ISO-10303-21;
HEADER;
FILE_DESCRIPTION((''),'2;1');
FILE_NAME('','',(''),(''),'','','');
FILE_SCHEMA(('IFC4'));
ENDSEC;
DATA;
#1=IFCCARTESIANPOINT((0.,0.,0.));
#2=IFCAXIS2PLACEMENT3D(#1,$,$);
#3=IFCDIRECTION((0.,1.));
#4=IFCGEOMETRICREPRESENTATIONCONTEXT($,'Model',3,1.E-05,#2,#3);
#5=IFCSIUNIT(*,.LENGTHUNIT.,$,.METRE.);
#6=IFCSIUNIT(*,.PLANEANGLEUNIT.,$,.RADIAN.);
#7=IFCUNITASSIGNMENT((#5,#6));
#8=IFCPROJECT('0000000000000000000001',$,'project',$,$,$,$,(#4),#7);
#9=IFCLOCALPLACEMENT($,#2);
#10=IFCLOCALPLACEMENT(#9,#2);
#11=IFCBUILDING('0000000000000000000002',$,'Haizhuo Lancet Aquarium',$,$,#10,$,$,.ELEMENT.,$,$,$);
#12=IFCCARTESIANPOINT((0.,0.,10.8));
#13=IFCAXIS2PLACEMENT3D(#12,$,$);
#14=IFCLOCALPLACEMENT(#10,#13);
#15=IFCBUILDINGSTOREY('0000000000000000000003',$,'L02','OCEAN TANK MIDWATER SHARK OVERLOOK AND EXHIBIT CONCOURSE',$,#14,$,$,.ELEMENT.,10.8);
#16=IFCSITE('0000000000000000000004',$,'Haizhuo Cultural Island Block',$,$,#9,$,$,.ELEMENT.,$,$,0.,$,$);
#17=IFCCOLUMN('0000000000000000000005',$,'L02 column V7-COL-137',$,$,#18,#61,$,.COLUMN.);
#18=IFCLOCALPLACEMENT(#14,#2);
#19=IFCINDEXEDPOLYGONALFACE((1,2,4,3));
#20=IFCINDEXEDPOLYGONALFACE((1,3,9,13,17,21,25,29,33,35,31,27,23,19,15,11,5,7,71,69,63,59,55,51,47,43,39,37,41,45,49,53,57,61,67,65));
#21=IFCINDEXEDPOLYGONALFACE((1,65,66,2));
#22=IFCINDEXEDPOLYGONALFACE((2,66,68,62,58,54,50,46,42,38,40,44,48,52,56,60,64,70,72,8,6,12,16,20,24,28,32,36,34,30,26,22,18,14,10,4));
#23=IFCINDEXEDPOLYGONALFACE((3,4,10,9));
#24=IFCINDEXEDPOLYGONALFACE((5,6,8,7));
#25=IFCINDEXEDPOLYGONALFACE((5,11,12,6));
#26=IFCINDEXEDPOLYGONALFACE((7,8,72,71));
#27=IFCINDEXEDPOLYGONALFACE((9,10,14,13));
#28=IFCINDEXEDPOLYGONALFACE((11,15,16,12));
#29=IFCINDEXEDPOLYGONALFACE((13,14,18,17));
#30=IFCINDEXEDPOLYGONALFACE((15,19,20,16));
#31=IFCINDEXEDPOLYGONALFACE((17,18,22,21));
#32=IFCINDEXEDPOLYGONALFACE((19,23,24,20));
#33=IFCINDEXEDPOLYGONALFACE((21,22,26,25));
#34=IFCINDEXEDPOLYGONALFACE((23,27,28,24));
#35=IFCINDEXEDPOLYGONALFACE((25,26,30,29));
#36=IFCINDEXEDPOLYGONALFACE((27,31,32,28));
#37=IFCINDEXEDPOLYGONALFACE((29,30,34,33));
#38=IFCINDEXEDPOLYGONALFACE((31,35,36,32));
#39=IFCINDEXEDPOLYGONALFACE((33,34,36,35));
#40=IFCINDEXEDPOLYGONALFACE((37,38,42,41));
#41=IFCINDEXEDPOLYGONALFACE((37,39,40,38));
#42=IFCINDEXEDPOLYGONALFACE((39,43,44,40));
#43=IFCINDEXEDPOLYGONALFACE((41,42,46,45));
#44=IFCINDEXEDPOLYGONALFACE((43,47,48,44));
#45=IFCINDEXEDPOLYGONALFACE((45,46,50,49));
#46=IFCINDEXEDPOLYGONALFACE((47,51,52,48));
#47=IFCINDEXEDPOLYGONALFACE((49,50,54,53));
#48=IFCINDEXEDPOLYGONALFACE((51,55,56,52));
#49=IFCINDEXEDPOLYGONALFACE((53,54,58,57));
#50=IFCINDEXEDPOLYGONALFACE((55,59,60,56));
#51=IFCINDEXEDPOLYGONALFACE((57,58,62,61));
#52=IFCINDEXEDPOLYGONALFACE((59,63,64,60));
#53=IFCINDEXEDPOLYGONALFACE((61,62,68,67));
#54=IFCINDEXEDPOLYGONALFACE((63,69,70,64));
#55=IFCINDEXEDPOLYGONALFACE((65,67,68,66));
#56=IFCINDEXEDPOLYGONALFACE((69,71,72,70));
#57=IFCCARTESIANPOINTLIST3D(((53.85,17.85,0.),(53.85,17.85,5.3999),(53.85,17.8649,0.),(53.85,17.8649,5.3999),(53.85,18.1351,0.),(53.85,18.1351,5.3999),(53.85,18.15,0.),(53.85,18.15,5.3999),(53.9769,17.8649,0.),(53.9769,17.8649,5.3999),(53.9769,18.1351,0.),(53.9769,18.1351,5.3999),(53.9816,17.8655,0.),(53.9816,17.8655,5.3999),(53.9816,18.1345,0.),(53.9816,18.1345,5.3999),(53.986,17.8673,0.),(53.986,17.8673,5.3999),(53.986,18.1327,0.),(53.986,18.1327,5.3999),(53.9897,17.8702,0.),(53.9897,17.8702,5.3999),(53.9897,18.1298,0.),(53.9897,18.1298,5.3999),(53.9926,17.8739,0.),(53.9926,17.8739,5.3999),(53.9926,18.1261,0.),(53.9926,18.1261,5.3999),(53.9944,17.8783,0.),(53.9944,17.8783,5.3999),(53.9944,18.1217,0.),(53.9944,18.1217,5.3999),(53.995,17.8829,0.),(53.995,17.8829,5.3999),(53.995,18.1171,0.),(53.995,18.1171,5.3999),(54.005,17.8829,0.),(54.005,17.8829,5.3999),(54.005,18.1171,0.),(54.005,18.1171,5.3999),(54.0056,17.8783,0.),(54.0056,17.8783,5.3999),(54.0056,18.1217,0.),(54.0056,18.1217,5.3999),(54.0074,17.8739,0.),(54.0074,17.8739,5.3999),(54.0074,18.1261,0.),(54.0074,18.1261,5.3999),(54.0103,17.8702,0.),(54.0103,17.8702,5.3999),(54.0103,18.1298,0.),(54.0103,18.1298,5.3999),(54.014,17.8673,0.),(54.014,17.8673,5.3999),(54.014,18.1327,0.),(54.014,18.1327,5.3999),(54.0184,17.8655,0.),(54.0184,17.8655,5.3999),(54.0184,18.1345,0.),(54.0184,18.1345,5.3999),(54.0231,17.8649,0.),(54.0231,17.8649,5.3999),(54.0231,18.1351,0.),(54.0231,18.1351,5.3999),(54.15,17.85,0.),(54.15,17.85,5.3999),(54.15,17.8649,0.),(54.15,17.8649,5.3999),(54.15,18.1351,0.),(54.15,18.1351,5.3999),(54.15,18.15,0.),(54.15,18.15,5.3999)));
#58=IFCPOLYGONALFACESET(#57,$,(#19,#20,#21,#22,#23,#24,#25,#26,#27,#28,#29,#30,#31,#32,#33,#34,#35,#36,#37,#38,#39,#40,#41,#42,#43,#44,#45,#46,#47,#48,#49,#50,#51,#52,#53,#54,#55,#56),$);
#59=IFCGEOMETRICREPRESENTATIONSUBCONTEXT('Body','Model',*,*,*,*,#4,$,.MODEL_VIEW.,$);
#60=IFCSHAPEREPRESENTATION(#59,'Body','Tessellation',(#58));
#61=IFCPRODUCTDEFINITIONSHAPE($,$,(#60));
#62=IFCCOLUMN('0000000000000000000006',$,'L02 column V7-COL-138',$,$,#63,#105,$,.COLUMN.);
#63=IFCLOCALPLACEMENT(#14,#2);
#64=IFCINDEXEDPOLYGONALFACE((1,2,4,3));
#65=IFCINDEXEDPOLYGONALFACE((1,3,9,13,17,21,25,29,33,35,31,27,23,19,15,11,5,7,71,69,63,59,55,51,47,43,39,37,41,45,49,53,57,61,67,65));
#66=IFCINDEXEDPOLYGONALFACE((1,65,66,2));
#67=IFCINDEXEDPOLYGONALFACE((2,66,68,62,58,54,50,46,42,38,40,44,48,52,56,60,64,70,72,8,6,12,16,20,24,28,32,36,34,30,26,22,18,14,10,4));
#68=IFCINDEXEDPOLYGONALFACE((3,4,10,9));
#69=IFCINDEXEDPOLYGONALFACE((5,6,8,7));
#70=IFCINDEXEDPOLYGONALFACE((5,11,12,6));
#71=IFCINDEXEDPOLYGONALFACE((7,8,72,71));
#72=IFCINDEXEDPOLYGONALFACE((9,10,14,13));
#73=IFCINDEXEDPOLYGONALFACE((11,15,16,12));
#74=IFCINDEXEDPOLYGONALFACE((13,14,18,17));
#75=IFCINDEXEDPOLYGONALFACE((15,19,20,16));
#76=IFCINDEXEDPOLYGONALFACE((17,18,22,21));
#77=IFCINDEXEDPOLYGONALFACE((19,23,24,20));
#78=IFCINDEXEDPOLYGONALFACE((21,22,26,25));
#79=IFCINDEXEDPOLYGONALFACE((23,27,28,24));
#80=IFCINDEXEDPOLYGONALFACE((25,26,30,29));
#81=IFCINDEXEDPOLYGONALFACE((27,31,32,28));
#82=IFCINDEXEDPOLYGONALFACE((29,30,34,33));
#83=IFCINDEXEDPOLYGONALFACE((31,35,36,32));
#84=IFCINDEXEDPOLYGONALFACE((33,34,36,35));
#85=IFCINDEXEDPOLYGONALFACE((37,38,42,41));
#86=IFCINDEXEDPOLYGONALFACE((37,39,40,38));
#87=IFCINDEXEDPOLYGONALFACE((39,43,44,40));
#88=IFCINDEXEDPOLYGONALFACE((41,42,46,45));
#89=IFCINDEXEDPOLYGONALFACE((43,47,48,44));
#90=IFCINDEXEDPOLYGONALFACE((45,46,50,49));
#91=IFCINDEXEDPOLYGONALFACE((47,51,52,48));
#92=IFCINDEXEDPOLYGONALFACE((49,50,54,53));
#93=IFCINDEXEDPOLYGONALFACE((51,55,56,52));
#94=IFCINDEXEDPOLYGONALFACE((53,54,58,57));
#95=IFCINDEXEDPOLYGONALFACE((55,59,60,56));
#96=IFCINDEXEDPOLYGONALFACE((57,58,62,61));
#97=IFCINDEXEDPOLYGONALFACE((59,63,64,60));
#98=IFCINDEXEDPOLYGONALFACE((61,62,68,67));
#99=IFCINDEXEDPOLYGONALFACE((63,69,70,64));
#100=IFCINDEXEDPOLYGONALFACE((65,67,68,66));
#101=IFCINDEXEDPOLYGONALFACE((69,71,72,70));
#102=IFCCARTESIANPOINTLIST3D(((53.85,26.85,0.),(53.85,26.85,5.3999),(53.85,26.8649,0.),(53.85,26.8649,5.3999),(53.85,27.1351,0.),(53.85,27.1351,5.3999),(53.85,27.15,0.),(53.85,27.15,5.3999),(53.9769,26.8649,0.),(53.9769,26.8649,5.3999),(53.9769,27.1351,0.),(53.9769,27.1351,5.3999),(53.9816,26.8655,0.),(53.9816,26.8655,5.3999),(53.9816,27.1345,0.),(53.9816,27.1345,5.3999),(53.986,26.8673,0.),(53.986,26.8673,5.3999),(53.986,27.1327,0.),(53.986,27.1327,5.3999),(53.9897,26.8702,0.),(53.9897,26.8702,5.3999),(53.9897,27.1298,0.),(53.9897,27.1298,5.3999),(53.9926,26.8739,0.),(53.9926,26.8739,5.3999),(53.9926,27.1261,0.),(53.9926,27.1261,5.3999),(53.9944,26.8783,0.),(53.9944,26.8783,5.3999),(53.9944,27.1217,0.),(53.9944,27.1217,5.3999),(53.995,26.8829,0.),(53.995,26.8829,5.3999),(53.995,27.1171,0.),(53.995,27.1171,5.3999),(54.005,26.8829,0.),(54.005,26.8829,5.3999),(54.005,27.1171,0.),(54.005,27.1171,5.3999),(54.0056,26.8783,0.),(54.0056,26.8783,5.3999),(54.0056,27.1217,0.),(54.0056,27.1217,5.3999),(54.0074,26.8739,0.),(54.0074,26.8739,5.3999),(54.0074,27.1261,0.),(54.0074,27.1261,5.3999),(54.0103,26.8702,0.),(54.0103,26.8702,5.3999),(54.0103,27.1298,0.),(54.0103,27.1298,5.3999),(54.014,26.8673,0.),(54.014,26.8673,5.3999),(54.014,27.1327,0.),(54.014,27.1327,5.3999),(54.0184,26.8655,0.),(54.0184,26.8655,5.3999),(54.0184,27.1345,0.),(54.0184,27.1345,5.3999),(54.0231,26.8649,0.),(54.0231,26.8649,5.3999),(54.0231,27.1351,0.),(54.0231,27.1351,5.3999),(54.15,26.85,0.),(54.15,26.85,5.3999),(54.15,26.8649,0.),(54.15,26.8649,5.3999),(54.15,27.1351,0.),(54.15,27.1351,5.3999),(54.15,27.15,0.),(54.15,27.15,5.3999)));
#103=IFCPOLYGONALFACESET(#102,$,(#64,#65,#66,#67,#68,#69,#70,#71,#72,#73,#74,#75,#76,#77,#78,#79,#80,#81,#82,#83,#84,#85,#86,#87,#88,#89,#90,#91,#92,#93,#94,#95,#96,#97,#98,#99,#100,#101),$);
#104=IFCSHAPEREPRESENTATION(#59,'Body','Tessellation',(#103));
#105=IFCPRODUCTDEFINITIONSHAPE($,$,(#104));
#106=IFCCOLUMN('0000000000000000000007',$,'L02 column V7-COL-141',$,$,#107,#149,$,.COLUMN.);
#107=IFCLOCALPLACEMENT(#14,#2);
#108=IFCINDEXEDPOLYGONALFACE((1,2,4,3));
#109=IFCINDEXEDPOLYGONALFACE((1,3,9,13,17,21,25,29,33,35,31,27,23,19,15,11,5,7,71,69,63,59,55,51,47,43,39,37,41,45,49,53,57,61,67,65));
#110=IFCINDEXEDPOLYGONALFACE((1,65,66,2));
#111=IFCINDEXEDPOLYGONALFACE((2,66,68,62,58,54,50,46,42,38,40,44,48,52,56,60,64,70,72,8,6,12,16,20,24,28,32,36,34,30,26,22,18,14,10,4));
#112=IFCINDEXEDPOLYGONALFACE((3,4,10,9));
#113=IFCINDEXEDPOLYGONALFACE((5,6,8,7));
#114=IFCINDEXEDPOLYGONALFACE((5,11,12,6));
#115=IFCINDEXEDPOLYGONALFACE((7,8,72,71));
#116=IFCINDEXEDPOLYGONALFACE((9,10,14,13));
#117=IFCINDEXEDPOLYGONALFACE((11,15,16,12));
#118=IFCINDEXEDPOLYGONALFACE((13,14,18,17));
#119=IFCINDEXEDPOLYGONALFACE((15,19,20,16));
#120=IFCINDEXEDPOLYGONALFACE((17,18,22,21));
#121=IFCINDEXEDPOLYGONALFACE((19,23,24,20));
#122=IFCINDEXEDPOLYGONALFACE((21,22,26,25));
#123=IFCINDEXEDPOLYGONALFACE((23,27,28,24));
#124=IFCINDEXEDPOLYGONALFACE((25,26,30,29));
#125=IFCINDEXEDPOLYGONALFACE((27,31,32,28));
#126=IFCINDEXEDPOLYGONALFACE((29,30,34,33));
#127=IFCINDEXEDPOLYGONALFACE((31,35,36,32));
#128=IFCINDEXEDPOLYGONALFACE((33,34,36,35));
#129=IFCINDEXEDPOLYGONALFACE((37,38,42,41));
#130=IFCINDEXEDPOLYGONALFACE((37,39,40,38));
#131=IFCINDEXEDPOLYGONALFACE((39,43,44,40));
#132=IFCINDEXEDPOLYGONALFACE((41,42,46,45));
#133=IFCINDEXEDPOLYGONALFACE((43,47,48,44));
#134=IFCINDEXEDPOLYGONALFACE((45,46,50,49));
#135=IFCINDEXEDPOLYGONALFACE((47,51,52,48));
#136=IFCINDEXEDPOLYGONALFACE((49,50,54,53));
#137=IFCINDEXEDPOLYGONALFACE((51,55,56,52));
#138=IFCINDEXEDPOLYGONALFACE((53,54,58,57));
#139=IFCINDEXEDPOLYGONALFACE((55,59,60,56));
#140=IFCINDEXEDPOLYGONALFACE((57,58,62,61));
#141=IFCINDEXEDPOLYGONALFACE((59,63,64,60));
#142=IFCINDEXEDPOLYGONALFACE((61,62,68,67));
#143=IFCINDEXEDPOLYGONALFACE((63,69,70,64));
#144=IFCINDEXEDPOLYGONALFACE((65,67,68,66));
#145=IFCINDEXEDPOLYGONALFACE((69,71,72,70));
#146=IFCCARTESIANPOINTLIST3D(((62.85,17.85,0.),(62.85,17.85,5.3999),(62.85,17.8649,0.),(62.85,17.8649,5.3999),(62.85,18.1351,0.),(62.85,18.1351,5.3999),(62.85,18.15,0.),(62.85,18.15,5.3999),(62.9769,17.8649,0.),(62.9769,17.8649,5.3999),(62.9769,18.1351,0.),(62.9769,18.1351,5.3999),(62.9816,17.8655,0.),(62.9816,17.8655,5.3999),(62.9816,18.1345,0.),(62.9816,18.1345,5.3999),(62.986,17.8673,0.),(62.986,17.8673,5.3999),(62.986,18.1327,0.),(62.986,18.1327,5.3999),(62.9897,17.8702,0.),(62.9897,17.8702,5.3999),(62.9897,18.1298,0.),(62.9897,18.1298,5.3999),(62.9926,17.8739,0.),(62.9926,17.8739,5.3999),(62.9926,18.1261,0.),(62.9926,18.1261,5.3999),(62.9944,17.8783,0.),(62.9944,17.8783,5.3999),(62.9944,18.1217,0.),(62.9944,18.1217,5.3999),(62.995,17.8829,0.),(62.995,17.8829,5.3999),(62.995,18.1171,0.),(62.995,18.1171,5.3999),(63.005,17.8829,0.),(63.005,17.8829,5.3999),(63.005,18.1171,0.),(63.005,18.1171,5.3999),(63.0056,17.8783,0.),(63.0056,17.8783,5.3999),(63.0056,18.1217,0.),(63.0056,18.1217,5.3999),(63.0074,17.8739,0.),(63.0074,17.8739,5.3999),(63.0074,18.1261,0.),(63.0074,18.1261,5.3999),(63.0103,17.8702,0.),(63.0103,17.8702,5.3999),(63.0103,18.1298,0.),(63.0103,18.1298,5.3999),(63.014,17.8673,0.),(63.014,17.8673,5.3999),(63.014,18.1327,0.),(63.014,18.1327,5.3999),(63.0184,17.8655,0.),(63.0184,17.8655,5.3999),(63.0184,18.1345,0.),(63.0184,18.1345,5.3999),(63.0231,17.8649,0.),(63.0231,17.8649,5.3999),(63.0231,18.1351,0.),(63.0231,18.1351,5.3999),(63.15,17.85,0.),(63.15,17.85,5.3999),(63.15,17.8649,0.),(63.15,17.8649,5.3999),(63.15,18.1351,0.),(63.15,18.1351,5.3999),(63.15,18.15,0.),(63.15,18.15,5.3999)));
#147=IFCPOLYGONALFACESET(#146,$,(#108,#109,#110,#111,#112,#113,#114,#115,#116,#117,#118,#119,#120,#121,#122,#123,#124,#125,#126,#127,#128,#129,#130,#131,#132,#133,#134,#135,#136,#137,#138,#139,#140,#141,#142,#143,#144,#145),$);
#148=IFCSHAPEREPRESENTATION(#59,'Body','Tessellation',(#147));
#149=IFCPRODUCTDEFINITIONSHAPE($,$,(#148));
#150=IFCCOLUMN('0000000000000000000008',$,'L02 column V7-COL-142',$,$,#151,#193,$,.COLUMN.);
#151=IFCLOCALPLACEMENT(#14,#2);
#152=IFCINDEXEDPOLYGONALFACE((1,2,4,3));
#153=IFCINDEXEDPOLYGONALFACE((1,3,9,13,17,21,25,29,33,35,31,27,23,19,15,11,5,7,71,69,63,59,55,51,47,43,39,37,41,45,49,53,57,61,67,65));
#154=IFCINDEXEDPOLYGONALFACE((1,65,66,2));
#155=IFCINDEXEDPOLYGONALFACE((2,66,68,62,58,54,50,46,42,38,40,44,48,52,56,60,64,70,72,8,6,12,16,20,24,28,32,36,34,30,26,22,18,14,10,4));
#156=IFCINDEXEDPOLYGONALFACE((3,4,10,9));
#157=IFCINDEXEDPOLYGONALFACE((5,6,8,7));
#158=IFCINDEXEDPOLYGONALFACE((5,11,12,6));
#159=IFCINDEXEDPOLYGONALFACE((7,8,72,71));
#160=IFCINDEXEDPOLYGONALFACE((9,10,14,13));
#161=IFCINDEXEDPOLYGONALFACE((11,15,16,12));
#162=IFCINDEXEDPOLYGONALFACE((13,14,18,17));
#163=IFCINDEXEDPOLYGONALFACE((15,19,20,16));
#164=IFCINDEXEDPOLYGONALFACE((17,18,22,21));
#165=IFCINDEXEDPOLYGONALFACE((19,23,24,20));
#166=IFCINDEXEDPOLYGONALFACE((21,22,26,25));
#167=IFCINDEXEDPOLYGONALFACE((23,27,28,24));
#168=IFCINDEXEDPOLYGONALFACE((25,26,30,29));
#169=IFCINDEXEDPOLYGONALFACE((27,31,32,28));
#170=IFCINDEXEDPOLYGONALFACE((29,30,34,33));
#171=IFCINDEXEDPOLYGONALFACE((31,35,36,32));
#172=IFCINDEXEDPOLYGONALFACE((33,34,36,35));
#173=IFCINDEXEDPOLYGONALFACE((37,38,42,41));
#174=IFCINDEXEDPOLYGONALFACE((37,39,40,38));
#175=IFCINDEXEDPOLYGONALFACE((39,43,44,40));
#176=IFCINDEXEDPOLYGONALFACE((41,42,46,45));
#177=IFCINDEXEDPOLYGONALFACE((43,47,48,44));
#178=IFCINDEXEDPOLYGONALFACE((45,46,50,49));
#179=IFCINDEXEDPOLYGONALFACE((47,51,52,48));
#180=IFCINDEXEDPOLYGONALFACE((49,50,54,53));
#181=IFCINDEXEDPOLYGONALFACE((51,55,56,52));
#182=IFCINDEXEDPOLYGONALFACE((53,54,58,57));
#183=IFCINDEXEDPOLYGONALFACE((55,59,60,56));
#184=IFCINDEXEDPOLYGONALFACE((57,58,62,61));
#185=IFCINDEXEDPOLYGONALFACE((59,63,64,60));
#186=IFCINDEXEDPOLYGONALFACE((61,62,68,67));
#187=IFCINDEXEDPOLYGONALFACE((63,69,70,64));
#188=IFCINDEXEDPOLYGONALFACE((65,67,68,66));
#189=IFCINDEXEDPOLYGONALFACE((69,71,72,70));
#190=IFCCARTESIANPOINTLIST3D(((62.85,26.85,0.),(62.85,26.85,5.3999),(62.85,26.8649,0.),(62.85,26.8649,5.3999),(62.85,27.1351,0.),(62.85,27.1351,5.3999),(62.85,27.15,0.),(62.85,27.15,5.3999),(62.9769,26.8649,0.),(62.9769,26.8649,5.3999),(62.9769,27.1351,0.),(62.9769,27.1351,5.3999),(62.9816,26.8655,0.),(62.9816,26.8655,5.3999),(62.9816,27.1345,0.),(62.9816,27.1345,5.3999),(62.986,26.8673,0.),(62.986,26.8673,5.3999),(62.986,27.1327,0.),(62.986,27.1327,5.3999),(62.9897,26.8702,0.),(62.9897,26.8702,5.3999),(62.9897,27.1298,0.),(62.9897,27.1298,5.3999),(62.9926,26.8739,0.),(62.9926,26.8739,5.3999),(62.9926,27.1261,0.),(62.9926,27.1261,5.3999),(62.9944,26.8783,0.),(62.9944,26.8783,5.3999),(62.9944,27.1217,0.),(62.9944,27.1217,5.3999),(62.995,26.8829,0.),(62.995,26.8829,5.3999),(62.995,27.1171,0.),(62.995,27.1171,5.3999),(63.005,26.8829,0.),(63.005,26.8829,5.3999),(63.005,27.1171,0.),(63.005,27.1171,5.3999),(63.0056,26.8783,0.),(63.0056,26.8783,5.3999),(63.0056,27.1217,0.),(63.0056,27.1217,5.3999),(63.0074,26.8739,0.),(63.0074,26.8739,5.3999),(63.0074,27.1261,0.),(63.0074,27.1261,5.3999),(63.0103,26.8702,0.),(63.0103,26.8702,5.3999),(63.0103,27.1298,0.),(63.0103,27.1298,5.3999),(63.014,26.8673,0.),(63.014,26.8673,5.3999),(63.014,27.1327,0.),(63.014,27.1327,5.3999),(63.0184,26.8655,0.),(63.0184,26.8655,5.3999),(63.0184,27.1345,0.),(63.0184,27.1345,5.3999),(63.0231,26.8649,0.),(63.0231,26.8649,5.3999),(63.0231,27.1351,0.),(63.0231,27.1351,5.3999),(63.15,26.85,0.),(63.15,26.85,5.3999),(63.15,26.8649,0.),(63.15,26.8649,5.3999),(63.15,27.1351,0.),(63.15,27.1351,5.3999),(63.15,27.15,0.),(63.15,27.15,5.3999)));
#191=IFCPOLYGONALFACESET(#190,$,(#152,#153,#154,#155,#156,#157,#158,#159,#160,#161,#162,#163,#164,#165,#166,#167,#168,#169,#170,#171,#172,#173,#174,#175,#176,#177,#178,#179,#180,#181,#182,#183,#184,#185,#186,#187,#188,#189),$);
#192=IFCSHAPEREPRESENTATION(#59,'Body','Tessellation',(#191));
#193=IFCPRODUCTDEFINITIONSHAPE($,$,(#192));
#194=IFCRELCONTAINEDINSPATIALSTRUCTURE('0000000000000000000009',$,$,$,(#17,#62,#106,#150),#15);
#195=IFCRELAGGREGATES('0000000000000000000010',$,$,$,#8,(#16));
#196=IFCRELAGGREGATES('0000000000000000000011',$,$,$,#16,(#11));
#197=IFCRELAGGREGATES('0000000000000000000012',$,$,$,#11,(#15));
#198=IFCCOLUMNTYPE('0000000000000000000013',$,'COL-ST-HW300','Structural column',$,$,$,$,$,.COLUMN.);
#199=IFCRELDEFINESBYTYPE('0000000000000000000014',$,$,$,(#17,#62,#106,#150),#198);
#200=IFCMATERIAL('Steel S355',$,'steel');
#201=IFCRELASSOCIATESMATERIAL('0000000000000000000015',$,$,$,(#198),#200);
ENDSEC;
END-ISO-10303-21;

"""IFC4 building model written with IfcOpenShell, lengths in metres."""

from ifc_helpers import new_model, si_unit, direction, frame, origin, origin_2d, place, context, subcontext, project, spatial, i_section, extrude, material, material_profile, profile_set, type_object, element, save


model = new_model("IFC4")

# Units and contexts
model_context = context("Model", 3, precision=1e-05, world=origin(), true_north=direction((0.0, 1.0)))
body_context = subcontext(model_context, "Body", "Model", "MODEL_VIEW")
ifc_project = project(units=[si_unit("LENGTHUNIT", "METRE"), si_unit("PLANEANGLEUNIT", "RADIAN")], contexts=[model_context])

# Site, building, storey
site_placement = place(None, origin())
site = spatial("IfcSite", under=ifc_project, at=site_placement, Name="Haizhuo Cultural Island Block", CompositionType="ELEMENT", RefElevation=0.0)
building_placement = place(site_placement, origin())
building = spatial("IfcBuilding", under=site, at=building_placement, Name="Haizhuo Lancet Aquarium", CompositionType="ELEMENT")
storey_placement = place(building_placement, frame((0.0, 0.0, 10.8)))
storey = spatial("IfcBuildingStorey", under=building, at=storey_placement, Name="L02", Description="OCEAN TANK MIDWATER SHARK OVERLOOK AND EXHIBIT CONCOURSE", CompositionType="ELEMENT", Elevation=10.8)

# Columns
ifc_material_1 = material(Name="Steel S355", Category="steel")
ifc_material_profile_1 = material_profile(ifc_material_1, i_section(OverallWidth=0.3, OverallDepth=0.3, WebThickness=0.01, FlangeThickness=0.0149, FilletRadius=0.0181, at=origin_2d()), Name="HW 300x300x10x15")
ifc_profile_set_1 = profile_set([ifc_material_profile_1], Name="Steel S355")
column_type = type_object("IfcColumnType", Name="COL-ST-HW300", Description="Structural column", PredefinedType="COLUMN", material=ifc_profile_set_1)
for number, where, z_axis, x_axis, name in (
    (1, (54.0, 18.0, 0.0), (0.0, 0.0, 1.0), (1.0, 0.0, 0.0), "L02 column V7-COL-137"),
    (2, (54.0, 27.0, 0.0), (0.0, 0.0, 1.0), (1.0, 0.0, 0.0), "L02 column V7-COL-138"),
    (3, (63.0, 18.0, 0.0), (0.0, 0.0, 1.0), (1.0, 0.0, 0.0), "L02 column V7-COL-141"),
    (4, (63.0, 27.0, 0.0), (0.0, 0.0, 1.0), (1.0, 0.0, 0.0), "L02 column V7-COL-142"),
):
    element("IfcColumn", number, at=place(storey_placement, frame(where, z_axis=z_axis, x_axis=x_axis)), inside=storey, type_object=column_type, Name=name, PredefinedType="COLUMN", context=body_context, shape_type="SweptSolid", body=[
        extrude(i_section(OverallWidth=0.3, OverallDepth=0.3, WebThickness=0.01, FlangeThickness=0.0149, FilletRadius=0.0181, at=origin_2d()), origin(), (0.0, 0.0, 1.0), 5.3999),
    ])

save(model, "model.ifc")
